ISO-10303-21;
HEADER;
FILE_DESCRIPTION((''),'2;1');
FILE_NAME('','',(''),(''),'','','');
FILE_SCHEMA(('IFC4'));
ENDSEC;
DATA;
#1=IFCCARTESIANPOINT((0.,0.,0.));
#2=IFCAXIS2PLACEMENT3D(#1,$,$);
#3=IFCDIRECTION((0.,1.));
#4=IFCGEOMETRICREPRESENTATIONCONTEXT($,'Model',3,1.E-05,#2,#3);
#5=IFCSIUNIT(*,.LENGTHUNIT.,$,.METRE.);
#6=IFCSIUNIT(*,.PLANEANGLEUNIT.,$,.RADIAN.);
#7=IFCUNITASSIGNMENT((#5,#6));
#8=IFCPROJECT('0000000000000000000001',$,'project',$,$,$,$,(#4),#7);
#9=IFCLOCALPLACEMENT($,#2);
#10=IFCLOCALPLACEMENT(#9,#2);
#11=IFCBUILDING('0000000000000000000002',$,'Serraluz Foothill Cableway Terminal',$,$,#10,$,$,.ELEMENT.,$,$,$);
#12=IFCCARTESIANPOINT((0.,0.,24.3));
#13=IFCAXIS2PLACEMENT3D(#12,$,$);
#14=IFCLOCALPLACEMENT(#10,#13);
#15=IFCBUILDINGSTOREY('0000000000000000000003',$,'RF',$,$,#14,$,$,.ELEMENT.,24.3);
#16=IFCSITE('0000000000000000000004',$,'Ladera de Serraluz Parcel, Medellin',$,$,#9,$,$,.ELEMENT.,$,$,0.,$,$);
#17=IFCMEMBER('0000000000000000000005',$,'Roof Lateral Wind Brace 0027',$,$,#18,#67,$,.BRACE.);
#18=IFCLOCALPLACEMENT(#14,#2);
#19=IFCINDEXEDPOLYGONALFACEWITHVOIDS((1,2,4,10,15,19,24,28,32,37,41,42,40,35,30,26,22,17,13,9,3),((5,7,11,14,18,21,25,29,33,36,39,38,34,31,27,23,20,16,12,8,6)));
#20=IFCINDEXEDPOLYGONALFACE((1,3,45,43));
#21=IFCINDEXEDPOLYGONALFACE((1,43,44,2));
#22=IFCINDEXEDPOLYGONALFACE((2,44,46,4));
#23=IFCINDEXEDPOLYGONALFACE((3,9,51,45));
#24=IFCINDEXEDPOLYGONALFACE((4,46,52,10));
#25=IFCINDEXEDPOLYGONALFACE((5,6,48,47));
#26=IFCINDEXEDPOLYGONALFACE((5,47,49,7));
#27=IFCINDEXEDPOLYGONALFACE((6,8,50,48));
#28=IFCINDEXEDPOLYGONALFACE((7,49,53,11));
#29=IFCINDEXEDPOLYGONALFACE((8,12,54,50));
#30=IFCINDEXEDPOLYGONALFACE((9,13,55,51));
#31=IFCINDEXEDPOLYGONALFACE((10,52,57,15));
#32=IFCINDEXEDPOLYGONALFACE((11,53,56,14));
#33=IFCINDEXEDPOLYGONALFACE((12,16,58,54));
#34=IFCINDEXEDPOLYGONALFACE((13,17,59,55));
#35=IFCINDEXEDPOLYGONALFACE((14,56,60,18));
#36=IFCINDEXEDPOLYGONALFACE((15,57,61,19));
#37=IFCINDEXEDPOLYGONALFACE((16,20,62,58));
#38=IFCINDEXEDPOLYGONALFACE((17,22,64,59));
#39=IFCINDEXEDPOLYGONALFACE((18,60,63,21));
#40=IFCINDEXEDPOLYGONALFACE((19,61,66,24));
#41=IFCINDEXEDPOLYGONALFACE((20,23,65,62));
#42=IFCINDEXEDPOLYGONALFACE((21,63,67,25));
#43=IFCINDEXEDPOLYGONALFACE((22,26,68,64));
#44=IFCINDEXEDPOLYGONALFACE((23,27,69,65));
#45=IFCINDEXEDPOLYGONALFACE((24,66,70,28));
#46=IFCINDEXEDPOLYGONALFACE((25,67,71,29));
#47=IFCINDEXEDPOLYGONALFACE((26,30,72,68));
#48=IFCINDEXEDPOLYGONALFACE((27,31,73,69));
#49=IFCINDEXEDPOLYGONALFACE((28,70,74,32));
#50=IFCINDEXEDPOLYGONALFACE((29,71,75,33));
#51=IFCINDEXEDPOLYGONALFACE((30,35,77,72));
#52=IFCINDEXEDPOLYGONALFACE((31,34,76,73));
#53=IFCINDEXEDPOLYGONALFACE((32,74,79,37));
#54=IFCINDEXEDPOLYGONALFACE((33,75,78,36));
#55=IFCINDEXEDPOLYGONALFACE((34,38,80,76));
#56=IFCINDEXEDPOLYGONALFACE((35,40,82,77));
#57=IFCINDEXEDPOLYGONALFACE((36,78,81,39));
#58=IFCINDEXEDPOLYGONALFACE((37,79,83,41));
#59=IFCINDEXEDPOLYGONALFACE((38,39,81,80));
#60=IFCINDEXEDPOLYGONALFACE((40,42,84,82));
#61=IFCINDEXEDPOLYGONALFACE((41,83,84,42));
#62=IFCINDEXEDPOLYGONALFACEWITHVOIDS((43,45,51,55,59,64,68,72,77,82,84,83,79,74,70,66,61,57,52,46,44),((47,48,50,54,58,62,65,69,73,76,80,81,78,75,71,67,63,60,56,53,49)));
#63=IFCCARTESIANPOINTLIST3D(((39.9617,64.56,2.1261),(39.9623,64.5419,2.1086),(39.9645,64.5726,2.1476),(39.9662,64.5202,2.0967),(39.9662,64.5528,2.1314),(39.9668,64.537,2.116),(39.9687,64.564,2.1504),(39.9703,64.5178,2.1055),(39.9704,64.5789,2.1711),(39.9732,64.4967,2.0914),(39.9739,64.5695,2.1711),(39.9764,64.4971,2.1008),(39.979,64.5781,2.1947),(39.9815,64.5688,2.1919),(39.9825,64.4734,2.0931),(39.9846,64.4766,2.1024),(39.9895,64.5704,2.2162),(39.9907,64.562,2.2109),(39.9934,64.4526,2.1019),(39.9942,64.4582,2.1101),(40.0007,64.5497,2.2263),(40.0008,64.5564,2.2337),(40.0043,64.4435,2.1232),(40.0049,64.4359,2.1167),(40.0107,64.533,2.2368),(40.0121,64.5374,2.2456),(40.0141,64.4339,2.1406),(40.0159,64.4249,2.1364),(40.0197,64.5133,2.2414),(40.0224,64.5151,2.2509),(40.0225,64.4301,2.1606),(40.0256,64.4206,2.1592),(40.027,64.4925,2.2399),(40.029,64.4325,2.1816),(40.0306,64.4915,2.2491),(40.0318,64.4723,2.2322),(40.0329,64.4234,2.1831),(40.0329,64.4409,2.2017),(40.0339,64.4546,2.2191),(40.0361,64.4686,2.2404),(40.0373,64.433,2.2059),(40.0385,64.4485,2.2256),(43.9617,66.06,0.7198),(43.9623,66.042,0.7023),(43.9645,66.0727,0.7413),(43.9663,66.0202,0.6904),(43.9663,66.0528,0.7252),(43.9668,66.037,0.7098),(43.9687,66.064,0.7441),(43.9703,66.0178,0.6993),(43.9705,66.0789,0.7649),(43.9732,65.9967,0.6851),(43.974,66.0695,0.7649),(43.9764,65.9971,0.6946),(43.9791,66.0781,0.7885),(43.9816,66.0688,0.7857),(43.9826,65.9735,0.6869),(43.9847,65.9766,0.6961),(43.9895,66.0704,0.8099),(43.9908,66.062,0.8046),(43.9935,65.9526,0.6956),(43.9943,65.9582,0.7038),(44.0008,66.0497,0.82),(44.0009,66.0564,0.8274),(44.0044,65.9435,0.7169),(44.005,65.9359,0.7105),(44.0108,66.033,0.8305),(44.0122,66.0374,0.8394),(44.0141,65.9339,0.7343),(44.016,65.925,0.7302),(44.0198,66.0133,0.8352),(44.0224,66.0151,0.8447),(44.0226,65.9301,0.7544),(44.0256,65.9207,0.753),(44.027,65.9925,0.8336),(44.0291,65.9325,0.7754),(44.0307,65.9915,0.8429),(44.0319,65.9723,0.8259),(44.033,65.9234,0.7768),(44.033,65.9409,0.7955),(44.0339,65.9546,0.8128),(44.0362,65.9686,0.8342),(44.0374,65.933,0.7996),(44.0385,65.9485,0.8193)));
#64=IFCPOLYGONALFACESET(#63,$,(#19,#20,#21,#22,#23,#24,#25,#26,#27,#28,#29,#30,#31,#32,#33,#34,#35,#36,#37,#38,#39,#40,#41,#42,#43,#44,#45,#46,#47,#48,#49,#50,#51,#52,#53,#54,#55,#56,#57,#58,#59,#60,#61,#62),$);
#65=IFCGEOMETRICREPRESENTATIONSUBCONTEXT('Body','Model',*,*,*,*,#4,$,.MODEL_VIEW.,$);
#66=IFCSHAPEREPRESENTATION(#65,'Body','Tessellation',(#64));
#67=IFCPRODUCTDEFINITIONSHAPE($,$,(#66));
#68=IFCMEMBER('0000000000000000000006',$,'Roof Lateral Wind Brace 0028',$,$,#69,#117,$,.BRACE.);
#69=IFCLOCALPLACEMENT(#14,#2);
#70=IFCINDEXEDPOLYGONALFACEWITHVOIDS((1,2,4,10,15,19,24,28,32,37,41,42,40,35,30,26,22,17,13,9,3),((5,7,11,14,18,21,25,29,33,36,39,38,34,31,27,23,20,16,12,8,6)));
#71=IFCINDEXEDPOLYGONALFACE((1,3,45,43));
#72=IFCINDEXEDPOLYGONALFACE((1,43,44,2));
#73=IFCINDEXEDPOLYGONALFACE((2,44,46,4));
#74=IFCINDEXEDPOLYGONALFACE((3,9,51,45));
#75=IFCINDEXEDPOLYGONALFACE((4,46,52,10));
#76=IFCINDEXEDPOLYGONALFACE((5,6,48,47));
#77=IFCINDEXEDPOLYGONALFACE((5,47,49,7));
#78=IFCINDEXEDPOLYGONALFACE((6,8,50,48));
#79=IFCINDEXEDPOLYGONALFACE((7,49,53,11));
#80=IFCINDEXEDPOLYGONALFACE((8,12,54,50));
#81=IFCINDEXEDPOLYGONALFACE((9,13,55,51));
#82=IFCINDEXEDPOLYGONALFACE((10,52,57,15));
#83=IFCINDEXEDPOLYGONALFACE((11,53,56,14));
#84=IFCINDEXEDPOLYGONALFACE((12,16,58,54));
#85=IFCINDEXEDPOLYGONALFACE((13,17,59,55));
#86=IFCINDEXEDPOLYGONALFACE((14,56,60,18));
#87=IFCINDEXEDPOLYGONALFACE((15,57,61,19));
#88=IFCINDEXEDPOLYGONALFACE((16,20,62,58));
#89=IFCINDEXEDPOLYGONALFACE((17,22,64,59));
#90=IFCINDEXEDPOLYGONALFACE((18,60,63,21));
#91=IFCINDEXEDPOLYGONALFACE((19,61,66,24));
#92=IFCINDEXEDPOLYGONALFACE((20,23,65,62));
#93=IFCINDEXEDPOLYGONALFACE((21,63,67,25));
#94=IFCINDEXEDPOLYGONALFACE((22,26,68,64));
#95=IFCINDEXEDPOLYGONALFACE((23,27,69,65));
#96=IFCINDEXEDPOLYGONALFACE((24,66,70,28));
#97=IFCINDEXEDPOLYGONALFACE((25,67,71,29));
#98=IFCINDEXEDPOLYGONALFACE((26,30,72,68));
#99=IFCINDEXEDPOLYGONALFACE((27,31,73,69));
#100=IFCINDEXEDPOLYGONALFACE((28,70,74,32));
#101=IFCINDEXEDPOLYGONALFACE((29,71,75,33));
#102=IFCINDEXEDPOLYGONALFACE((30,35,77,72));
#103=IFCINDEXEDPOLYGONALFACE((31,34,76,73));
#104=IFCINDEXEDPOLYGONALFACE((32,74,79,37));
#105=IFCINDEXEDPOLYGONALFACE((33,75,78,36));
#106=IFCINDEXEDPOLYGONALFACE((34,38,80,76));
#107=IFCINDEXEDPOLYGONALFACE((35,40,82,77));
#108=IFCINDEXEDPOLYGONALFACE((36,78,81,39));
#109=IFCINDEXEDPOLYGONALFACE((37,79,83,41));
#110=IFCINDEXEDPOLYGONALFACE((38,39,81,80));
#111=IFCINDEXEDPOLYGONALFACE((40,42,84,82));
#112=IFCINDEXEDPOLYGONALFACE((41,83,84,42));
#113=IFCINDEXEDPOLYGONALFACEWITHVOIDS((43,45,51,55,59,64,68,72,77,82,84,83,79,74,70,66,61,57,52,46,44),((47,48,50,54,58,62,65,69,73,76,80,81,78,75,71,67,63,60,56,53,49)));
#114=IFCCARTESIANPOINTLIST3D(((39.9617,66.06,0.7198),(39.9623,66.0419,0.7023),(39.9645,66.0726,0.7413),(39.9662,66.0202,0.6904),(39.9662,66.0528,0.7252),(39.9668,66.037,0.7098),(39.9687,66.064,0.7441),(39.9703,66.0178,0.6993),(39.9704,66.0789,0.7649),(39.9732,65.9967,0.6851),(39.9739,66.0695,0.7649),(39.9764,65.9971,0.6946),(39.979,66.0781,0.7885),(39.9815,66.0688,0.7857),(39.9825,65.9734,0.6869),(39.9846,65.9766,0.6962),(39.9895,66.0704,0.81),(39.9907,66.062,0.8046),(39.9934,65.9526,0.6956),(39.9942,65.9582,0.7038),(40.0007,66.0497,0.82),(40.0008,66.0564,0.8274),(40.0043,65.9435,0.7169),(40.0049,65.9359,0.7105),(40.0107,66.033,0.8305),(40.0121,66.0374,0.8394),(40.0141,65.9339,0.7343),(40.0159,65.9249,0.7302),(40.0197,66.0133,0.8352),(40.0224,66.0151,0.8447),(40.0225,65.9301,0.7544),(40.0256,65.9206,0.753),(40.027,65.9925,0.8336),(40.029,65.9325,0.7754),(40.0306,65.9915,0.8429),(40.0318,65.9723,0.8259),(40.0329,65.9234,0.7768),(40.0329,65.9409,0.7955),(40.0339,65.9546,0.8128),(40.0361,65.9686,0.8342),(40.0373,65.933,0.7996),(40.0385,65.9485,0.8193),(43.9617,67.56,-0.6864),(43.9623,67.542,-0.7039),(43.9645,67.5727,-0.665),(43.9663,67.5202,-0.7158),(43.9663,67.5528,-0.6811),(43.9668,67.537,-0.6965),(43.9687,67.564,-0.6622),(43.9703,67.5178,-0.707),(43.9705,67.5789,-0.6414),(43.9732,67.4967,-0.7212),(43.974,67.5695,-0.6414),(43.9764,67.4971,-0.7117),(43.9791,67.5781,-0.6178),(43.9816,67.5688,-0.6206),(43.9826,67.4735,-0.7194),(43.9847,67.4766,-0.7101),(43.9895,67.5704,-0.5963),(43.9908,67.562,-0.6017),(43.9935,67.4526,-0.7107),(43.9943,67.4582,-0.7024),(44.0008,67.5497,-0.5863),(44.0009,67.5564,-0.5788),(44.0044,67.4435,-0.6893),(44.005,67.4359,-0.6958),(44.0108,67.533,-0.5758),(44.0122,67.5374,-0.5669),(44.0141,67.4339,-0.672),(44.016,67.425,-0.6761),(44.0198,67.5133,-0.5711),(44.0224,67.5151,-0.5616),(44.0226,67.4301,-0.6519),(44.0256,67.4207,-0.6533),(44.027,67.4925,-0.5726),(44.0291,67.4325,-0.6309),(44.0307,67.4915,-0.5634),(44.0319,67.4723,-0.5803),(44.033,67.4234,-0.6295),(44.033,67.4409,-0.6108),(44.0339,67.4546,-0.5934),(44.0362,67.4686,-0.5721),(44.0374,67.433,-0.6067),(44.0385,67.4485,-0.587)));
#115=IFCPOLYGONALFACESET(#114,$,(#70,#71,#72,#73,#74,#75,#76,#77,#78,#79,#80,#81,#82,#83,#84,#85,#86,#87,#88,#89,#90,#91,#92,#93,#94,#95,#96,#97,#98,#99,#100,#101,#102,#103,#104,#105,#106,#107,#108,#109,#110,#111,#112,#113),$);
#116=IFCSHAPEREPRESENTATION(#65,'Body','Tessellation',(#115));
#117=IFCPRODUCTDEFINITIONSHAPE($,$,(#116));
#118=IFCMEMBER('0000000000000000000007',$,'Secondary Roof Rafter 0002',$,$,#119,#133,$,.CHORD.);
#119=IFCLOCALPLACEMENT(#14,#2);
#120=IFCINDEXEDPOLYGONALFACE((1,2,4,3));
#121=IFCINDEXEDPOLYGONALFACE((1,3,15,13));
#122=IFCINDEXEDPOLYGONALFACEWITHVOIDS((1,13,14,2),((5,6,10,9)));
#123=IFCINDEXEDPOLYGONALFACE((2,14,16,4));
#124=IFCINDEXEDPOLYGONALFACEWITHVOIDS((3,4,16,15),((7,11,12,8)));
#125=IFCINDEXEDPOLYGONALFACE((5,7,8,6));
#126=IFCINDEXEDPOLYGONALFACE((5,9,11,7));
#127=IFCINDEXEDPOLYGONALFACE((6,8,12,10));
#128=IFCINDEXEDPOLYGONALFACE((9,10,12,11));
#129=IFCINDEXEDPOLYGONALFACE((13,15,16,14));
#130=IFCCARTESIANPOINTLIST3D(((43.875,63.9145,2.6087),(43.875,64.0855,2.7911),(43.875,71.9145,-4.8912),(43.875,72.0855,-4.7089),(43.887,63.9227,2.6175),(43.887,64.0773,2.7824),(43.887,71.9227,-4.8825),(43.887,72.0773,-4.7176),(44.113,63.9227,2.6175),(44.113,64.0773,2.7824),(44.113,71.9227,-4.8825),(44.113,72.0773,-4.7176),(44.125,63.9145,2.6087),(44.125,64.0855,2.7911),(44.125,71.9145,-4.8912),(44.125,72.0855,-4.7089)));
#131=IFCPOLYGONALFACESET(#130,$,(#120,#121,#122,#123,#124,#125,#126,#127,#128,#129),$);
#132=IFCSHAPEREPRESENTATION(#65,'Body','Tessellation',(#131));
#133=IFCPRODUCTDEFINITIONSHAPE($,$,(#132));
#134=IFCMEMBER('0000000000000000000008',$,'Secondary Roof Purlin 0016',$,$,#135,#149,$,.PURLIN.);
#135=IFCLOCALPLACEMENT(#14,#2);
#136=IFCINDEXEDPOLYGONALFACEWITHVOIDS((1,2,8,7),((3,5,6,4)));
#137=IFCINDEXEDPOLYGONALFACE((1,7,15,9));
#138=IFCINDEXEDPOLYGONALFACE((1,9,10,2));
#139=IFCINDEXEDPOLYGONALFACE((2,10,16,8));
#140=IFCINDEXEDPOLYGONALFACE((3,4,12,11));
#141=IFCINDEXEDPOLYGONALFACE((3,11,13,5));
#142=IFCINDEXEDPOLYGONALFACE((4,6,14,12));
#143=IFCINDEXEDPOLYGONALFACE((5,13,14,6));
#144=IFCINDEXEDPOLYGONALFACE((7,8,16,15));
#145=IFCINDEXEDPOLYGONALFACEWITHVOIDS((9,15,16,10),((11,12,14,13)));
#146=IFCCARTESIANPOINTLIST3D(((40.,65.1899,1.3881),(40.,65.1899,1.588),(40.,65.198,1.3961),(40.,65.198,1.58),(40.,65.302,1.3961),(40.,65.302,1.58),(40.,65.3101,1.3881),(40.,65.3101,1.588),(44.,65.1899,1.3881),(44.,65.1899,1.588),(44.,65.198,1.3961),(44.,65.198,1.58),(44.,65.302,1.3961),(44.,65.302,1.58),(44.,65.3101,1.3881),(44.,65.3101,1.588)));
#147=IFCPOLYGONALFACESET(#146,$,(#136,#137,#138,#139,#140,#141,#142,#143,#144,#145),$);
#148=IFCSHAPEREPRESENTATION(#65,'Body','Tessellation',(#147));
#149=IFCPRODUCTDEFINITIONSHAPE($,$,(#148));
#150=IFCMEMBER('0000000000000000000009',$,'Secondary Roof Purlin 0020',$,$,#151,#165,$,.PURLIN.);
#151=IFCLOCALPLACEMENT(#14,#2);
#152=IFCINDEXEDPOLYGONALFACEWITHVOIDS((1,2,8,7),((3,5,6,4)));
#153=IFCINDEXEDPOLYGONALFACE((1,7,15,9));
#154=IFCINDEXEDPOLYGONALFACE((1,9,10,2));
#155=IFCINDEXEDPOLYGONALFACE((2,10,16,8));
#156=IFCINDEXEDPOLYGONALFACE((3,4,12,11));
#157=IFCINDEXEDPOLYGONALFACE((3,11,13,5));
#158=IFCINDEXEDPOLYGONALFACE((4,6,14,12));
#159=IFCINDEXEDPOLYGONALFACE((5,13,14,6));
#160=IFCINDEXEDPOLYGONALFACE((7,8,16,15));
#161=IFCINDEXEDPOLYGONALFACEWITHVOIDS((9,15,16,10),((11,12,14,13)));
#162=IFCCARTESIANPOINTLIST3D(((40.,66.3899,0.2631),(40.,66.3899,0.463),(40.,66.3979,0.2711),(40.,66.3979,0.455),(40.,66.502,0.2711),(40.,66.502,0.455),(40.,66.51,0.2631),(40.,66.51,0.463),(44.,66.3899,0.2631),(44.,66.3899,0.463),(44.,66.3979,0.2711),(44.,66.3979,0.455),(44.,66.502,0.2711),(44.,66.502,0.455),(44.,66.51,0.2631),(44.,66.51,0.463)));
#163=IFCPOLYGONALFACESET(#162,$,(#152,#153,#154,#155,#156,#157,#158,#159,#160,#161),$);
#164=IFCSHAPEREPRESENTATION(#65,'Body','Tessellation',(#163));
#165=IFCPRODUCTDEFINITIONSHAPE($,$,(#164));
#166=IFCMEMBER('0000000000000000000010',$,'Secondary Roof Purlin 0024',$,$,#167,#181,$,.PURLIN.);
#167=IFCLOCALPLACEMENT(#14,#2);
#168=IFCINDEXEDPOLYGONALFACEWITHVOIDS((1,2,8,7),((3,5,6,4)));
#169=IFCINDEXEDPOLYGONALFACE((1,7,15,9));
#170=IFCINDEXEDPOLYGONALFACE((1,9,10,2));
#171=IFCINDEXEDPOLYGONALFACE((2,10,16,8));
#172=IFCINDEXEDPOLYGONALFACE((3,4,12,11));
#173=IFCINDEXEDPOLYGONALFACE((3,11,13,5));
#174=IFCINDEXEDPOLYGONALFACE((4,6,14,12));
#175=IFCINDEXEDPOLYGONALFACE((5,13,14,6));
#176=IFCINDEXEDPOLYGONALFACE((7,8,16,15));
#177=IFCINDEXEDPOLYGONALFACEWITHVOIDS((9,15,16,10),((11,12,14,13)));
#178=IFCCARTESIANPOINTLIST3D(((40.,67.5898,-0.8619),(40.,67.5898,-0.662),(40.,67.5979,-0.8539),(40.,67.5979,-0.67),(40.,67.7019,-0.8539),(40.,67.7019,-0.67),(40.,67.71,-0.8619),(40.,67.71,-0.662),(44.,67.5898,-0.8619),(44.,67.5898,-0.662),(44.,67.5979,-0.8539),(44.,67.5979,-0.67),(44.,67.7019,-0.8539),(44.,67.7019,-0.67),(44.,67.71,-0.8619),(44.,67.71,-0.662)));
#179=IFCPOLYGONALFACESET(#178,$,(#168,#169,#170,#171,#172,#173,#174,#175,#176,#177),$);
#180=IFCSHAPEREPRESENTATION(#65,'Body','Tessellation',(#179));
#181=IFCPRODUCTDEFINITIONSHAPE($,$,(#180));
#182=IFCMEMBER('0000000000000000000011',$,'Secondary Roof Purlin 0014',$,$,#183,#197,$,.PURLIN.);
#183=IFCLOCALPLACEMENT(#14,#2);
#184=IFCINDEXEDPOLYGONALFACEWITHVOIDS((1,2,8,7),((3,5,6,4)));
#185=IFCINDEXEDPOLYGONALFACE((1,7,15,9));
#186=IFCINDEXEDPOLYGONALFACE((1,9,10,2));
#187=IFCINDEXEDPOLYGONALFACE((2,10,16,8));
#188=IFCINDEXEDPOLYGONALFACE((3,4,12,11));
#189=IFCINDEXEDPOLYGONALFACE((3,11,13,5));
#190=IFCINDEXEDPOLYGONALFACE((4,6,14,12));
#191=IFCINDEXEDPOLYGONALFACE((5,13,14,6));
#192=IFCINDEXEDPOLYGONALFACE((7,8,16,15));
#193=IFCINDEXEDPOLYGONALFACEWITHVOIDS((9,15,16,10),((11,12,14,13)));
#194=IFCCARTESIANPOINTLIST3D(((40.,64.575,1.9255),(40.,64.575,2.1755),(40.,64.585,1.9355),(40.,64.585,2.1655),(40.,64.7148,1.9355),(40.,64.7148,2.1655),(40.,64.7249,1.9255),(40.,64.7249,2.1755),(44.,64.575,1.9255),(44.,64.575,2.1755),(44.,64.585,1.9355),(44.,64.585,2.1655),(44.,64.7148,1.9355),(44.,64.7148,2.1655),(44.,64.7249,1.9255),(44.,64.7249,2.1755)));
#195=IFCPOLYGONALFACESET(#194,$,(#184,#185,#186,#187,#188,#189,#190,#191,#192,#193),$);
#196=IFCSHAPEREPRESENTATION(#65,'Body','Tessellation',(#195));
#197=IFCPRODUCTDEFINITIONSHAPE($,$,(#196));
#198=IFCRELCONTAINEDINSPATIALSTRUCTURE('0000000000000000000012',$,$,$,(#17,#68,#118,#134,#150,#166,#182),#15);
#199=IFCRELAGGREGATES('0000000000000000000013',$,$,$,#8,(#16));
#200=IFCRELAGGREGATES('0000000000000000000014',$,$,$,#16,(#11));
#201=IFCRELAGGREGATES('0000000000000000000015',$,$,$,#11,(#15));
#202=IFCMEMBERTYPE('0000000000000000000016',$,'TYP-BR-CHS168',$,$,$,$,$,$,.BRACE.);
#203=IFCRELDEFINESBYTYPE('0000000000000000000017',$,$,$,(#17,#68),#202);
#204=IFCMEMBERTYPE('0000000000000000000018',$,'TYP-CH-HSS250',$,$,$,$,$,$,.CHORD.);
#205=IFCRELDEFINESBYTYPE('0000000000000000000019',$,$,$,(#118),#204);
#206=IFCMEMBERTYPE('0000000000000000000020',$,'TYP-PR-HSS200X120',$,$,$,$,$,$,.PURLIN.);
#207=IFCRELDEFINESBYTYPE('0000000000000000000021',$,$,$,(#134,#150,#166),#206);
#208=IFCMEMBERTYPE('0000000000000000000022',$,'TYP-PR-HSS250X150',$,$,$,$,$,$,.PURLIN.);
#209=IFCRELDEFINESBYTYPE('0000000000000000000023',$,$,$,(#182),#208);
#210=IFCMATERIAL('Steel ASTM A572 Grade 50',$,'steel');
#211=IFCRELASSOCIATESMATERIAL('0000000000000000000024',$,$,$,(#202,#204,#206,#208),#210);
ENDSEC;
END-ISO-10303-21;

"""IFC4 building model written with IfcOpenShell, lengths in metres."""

from ifc_helpers import new_model, si_unit, direction, frame, origin, origin_2d, place, context, subcontext, project, spatial, hollow_rectangle, hollow_circle, extrude, material, material_profile, profile_set, type_object, element, save


model = new_model("IFC4")

# Units and contexts
model_context = context("Model", 3, precision=1e-05, world=origin(), true_north=direction((0.0, 1.0)))
body_context = subcontext(model_context, "Body", "Model", "MODEL_VIEW")
ifc_project = project(units=[si_unit("LENGTHUNIT", "METRE"), si_unit("PLANEANGLEUNIT", "RADIAN")], contexts=[model_context])

# Site, building, storey
site_placement = place(None, origin())
site = spatial("IfcSite", under=ifc_project, at=site_placement, Name="Ladera de Serraluz Parcel, Medellin", CompositionType="ELEMENT", RefElevation=0.0)
building_placement = place(site_placement, origin())
building = spatial("IfcBuilding", under=site, at=building_placement, Name="Serraluz Foothill Cableway Terminal", CompositionType="ELEMENT")
storey_placement = place(building_placement, frame((0.0, 0.0, 24.3)))
storey = spatial("IfcBuildingStorey", under=building, at=storey_placement, Name="RF", CompositionType="ELEMENT", Elevation=24.3)

# Members
ifc_material_1 = material(Name="Steel ASTM A572 Grade 50", Category="steel")
ifc_material_profile_1 = material_profile(ifc_material_1, hollow_circle(Radius=0.0842, WallThickness=0.01, at=origin_2d()), Name="CHS168X10")
ifc_profile_set_1 = profile_set([ifc_material_profile_1], Name="Steel ASTM A572 Grade 50")
member_type_1 = type_object("IfcMemberType", Name="TYP-BR-CHS168", PredefinedType="BRACE", material=ifc_profile_set_1)
for number, where, z_axis, x_axis, name in (
    (1, (40.0, 64.5, 2.1711), (0.889382, 0.333518, -0.312673), (-0.351123, 0.936329, 0.0), "Roof Lateral Wind Brace 0027"),
    (2, (40.0, 66.0, 0.7649), (0.889382, 0.333518, -0.312673), (-0.351123, 0.936329, 0.0), "Roof Lateral Wind Brace 0028"),
):
    element("IfcMember", number, at=place(storey_placement, frame(where, z_axis=z_axis, x_axis=x_axis)), inside=storey, type_object=member_type_1, Name=name, PredefinedType="BRACE", context=body_context, shape_type="SweptSolid", body=[
        extrude(hollow_circle(Radius=0.0842, WallThickness=0.01, at=origin_2d()), origin(), (0.0, 0.0, 1.0), 4.4976),
    ])
ifc_material_profile_2 = material_profile(ifc_material_1, hollow_rectangle(XDim=0.25, YDim=0.25, WallThickness=0.012, at=origin_2d()), Name="HSS250X250X12")
ifc_profile_set_2 = profile_set([ifc_material_profile_2], Name="Steel ASTM A572 Grade 50")
member_type_2 = type_object("IfcMemberType", Name="TYP-CH-HSS250", PredefinedType="CHORD", material=ifc_profile_set_2)
member_placement = place(storey_placement, frame((44.0, 72.0, -4.8), z_axis=(0.0, -0.729537, 0.683941), x_axis=(1.0, 0.0, 0.0)))
element("IfcMember", 3, at=member_placement, inside=storey, type_object=member_type_2, Name="Secondary Roof Rafter 0002", PredefinedType="CHORD", context=body_context, shape_type="SweptSolid", body=[
    extrude(hollow_rectangle(XDim=0.25, YDim=0.25, WallThickness=0.012, at=origin_2d()), origin(), (0.0, 0.0, 1.0), 10.9658),
])
ifc_material_profile_3 = material_profile(ifc_material_1, hollow_rectangle(XDim=0.1201, YDim=0.2, WallThickness=0.0081, at=origin_2d()), Name="HSS200X120X8")
ifc_profile_set_3 = profile_set([ifc_material_profile_3], Name="Steel ASTM A572 Grade 50")
member_type_3 = type_object("IfcMemberType", Name="TYP-PR-HSS200X120", PredefinedType="PURLIN", material=ifc_profile_set_3)
for number, where, z_axis, x_axis, name in (
    (4, (40.0, 65.25, 1.488), (1.0, 0.0, 0.0), (0.0, 1.0, 0.0), "Secondary Roof Purlin 0016"),
    (5, (40.0, 66.45, 0.363), (1.0, 0.0, 0.0), (0.0, 1.0, 0.0), "Secondary Roof Purlin 0020"),
    (6, (40.0, 67.6499, -0.762), (1.0, 0.0, 0.0), (0.0, 1.0, 0.0), "Secondary Roof Purlin 0024"),
):
    element("IfcMember", number, at=place(storey_placement, frame(where, z_axis=z_axis, x_axis=x_axis)), inside=storey, type_object=member_type_3, Name=name, PredefinedType="PURLIN", context=body_context, shape_type="SweptSolid", body=[
        extrude(hollow_rectangle(XDim=0.1201, YDim=0.2, WallThickness=0.0081, at=origin_2d()), origin(), (0.0, 0.0, 1.0), 4.0),
    ])
ifc_material_profile_4 = material_profile(ifc_material_1, hollow_rectangle(XDim=0.1499, YDim=0.25, WallThickness=0.01, at=origin_2d()), Name="HSS250X150X10")
ifc_profile_set_4 = profile_set([ifc_material_profile_4], Name="Steel ASTM A572 Grade 50")
member_type_4 = type_object("IfcMemberType", Name="TYP-PR-HSS250X150", PredefinedType="PURLIN", material=ifc_profile_set_4)
for number, where, z_axis, x_axis, name in (
    (7, (40.0, 64.6499, 2.0505), (1.0, 0.0, 0.0), (0.0, 1.0, 0.0), "Secondary Roof Purlin 0014"),
):
    element("IfcMember", number, at=place(storey_placement, frame(where, z_axis=z_axis, x_axis=x_axis)), inside=storey, type_object=member_type_4, Name=name, PredefinedType="PURLIN", context=body_context, shape_type="SweptSolid", body=[
        extrude(hollow_rectangle(XDim=0.1499, YDim=0.25, WallThickness=0.01, at=origin_2d()), origin(), (0.0, 0.0, 1.0), 4.0),
    ])

save(model, "model.ifc")
